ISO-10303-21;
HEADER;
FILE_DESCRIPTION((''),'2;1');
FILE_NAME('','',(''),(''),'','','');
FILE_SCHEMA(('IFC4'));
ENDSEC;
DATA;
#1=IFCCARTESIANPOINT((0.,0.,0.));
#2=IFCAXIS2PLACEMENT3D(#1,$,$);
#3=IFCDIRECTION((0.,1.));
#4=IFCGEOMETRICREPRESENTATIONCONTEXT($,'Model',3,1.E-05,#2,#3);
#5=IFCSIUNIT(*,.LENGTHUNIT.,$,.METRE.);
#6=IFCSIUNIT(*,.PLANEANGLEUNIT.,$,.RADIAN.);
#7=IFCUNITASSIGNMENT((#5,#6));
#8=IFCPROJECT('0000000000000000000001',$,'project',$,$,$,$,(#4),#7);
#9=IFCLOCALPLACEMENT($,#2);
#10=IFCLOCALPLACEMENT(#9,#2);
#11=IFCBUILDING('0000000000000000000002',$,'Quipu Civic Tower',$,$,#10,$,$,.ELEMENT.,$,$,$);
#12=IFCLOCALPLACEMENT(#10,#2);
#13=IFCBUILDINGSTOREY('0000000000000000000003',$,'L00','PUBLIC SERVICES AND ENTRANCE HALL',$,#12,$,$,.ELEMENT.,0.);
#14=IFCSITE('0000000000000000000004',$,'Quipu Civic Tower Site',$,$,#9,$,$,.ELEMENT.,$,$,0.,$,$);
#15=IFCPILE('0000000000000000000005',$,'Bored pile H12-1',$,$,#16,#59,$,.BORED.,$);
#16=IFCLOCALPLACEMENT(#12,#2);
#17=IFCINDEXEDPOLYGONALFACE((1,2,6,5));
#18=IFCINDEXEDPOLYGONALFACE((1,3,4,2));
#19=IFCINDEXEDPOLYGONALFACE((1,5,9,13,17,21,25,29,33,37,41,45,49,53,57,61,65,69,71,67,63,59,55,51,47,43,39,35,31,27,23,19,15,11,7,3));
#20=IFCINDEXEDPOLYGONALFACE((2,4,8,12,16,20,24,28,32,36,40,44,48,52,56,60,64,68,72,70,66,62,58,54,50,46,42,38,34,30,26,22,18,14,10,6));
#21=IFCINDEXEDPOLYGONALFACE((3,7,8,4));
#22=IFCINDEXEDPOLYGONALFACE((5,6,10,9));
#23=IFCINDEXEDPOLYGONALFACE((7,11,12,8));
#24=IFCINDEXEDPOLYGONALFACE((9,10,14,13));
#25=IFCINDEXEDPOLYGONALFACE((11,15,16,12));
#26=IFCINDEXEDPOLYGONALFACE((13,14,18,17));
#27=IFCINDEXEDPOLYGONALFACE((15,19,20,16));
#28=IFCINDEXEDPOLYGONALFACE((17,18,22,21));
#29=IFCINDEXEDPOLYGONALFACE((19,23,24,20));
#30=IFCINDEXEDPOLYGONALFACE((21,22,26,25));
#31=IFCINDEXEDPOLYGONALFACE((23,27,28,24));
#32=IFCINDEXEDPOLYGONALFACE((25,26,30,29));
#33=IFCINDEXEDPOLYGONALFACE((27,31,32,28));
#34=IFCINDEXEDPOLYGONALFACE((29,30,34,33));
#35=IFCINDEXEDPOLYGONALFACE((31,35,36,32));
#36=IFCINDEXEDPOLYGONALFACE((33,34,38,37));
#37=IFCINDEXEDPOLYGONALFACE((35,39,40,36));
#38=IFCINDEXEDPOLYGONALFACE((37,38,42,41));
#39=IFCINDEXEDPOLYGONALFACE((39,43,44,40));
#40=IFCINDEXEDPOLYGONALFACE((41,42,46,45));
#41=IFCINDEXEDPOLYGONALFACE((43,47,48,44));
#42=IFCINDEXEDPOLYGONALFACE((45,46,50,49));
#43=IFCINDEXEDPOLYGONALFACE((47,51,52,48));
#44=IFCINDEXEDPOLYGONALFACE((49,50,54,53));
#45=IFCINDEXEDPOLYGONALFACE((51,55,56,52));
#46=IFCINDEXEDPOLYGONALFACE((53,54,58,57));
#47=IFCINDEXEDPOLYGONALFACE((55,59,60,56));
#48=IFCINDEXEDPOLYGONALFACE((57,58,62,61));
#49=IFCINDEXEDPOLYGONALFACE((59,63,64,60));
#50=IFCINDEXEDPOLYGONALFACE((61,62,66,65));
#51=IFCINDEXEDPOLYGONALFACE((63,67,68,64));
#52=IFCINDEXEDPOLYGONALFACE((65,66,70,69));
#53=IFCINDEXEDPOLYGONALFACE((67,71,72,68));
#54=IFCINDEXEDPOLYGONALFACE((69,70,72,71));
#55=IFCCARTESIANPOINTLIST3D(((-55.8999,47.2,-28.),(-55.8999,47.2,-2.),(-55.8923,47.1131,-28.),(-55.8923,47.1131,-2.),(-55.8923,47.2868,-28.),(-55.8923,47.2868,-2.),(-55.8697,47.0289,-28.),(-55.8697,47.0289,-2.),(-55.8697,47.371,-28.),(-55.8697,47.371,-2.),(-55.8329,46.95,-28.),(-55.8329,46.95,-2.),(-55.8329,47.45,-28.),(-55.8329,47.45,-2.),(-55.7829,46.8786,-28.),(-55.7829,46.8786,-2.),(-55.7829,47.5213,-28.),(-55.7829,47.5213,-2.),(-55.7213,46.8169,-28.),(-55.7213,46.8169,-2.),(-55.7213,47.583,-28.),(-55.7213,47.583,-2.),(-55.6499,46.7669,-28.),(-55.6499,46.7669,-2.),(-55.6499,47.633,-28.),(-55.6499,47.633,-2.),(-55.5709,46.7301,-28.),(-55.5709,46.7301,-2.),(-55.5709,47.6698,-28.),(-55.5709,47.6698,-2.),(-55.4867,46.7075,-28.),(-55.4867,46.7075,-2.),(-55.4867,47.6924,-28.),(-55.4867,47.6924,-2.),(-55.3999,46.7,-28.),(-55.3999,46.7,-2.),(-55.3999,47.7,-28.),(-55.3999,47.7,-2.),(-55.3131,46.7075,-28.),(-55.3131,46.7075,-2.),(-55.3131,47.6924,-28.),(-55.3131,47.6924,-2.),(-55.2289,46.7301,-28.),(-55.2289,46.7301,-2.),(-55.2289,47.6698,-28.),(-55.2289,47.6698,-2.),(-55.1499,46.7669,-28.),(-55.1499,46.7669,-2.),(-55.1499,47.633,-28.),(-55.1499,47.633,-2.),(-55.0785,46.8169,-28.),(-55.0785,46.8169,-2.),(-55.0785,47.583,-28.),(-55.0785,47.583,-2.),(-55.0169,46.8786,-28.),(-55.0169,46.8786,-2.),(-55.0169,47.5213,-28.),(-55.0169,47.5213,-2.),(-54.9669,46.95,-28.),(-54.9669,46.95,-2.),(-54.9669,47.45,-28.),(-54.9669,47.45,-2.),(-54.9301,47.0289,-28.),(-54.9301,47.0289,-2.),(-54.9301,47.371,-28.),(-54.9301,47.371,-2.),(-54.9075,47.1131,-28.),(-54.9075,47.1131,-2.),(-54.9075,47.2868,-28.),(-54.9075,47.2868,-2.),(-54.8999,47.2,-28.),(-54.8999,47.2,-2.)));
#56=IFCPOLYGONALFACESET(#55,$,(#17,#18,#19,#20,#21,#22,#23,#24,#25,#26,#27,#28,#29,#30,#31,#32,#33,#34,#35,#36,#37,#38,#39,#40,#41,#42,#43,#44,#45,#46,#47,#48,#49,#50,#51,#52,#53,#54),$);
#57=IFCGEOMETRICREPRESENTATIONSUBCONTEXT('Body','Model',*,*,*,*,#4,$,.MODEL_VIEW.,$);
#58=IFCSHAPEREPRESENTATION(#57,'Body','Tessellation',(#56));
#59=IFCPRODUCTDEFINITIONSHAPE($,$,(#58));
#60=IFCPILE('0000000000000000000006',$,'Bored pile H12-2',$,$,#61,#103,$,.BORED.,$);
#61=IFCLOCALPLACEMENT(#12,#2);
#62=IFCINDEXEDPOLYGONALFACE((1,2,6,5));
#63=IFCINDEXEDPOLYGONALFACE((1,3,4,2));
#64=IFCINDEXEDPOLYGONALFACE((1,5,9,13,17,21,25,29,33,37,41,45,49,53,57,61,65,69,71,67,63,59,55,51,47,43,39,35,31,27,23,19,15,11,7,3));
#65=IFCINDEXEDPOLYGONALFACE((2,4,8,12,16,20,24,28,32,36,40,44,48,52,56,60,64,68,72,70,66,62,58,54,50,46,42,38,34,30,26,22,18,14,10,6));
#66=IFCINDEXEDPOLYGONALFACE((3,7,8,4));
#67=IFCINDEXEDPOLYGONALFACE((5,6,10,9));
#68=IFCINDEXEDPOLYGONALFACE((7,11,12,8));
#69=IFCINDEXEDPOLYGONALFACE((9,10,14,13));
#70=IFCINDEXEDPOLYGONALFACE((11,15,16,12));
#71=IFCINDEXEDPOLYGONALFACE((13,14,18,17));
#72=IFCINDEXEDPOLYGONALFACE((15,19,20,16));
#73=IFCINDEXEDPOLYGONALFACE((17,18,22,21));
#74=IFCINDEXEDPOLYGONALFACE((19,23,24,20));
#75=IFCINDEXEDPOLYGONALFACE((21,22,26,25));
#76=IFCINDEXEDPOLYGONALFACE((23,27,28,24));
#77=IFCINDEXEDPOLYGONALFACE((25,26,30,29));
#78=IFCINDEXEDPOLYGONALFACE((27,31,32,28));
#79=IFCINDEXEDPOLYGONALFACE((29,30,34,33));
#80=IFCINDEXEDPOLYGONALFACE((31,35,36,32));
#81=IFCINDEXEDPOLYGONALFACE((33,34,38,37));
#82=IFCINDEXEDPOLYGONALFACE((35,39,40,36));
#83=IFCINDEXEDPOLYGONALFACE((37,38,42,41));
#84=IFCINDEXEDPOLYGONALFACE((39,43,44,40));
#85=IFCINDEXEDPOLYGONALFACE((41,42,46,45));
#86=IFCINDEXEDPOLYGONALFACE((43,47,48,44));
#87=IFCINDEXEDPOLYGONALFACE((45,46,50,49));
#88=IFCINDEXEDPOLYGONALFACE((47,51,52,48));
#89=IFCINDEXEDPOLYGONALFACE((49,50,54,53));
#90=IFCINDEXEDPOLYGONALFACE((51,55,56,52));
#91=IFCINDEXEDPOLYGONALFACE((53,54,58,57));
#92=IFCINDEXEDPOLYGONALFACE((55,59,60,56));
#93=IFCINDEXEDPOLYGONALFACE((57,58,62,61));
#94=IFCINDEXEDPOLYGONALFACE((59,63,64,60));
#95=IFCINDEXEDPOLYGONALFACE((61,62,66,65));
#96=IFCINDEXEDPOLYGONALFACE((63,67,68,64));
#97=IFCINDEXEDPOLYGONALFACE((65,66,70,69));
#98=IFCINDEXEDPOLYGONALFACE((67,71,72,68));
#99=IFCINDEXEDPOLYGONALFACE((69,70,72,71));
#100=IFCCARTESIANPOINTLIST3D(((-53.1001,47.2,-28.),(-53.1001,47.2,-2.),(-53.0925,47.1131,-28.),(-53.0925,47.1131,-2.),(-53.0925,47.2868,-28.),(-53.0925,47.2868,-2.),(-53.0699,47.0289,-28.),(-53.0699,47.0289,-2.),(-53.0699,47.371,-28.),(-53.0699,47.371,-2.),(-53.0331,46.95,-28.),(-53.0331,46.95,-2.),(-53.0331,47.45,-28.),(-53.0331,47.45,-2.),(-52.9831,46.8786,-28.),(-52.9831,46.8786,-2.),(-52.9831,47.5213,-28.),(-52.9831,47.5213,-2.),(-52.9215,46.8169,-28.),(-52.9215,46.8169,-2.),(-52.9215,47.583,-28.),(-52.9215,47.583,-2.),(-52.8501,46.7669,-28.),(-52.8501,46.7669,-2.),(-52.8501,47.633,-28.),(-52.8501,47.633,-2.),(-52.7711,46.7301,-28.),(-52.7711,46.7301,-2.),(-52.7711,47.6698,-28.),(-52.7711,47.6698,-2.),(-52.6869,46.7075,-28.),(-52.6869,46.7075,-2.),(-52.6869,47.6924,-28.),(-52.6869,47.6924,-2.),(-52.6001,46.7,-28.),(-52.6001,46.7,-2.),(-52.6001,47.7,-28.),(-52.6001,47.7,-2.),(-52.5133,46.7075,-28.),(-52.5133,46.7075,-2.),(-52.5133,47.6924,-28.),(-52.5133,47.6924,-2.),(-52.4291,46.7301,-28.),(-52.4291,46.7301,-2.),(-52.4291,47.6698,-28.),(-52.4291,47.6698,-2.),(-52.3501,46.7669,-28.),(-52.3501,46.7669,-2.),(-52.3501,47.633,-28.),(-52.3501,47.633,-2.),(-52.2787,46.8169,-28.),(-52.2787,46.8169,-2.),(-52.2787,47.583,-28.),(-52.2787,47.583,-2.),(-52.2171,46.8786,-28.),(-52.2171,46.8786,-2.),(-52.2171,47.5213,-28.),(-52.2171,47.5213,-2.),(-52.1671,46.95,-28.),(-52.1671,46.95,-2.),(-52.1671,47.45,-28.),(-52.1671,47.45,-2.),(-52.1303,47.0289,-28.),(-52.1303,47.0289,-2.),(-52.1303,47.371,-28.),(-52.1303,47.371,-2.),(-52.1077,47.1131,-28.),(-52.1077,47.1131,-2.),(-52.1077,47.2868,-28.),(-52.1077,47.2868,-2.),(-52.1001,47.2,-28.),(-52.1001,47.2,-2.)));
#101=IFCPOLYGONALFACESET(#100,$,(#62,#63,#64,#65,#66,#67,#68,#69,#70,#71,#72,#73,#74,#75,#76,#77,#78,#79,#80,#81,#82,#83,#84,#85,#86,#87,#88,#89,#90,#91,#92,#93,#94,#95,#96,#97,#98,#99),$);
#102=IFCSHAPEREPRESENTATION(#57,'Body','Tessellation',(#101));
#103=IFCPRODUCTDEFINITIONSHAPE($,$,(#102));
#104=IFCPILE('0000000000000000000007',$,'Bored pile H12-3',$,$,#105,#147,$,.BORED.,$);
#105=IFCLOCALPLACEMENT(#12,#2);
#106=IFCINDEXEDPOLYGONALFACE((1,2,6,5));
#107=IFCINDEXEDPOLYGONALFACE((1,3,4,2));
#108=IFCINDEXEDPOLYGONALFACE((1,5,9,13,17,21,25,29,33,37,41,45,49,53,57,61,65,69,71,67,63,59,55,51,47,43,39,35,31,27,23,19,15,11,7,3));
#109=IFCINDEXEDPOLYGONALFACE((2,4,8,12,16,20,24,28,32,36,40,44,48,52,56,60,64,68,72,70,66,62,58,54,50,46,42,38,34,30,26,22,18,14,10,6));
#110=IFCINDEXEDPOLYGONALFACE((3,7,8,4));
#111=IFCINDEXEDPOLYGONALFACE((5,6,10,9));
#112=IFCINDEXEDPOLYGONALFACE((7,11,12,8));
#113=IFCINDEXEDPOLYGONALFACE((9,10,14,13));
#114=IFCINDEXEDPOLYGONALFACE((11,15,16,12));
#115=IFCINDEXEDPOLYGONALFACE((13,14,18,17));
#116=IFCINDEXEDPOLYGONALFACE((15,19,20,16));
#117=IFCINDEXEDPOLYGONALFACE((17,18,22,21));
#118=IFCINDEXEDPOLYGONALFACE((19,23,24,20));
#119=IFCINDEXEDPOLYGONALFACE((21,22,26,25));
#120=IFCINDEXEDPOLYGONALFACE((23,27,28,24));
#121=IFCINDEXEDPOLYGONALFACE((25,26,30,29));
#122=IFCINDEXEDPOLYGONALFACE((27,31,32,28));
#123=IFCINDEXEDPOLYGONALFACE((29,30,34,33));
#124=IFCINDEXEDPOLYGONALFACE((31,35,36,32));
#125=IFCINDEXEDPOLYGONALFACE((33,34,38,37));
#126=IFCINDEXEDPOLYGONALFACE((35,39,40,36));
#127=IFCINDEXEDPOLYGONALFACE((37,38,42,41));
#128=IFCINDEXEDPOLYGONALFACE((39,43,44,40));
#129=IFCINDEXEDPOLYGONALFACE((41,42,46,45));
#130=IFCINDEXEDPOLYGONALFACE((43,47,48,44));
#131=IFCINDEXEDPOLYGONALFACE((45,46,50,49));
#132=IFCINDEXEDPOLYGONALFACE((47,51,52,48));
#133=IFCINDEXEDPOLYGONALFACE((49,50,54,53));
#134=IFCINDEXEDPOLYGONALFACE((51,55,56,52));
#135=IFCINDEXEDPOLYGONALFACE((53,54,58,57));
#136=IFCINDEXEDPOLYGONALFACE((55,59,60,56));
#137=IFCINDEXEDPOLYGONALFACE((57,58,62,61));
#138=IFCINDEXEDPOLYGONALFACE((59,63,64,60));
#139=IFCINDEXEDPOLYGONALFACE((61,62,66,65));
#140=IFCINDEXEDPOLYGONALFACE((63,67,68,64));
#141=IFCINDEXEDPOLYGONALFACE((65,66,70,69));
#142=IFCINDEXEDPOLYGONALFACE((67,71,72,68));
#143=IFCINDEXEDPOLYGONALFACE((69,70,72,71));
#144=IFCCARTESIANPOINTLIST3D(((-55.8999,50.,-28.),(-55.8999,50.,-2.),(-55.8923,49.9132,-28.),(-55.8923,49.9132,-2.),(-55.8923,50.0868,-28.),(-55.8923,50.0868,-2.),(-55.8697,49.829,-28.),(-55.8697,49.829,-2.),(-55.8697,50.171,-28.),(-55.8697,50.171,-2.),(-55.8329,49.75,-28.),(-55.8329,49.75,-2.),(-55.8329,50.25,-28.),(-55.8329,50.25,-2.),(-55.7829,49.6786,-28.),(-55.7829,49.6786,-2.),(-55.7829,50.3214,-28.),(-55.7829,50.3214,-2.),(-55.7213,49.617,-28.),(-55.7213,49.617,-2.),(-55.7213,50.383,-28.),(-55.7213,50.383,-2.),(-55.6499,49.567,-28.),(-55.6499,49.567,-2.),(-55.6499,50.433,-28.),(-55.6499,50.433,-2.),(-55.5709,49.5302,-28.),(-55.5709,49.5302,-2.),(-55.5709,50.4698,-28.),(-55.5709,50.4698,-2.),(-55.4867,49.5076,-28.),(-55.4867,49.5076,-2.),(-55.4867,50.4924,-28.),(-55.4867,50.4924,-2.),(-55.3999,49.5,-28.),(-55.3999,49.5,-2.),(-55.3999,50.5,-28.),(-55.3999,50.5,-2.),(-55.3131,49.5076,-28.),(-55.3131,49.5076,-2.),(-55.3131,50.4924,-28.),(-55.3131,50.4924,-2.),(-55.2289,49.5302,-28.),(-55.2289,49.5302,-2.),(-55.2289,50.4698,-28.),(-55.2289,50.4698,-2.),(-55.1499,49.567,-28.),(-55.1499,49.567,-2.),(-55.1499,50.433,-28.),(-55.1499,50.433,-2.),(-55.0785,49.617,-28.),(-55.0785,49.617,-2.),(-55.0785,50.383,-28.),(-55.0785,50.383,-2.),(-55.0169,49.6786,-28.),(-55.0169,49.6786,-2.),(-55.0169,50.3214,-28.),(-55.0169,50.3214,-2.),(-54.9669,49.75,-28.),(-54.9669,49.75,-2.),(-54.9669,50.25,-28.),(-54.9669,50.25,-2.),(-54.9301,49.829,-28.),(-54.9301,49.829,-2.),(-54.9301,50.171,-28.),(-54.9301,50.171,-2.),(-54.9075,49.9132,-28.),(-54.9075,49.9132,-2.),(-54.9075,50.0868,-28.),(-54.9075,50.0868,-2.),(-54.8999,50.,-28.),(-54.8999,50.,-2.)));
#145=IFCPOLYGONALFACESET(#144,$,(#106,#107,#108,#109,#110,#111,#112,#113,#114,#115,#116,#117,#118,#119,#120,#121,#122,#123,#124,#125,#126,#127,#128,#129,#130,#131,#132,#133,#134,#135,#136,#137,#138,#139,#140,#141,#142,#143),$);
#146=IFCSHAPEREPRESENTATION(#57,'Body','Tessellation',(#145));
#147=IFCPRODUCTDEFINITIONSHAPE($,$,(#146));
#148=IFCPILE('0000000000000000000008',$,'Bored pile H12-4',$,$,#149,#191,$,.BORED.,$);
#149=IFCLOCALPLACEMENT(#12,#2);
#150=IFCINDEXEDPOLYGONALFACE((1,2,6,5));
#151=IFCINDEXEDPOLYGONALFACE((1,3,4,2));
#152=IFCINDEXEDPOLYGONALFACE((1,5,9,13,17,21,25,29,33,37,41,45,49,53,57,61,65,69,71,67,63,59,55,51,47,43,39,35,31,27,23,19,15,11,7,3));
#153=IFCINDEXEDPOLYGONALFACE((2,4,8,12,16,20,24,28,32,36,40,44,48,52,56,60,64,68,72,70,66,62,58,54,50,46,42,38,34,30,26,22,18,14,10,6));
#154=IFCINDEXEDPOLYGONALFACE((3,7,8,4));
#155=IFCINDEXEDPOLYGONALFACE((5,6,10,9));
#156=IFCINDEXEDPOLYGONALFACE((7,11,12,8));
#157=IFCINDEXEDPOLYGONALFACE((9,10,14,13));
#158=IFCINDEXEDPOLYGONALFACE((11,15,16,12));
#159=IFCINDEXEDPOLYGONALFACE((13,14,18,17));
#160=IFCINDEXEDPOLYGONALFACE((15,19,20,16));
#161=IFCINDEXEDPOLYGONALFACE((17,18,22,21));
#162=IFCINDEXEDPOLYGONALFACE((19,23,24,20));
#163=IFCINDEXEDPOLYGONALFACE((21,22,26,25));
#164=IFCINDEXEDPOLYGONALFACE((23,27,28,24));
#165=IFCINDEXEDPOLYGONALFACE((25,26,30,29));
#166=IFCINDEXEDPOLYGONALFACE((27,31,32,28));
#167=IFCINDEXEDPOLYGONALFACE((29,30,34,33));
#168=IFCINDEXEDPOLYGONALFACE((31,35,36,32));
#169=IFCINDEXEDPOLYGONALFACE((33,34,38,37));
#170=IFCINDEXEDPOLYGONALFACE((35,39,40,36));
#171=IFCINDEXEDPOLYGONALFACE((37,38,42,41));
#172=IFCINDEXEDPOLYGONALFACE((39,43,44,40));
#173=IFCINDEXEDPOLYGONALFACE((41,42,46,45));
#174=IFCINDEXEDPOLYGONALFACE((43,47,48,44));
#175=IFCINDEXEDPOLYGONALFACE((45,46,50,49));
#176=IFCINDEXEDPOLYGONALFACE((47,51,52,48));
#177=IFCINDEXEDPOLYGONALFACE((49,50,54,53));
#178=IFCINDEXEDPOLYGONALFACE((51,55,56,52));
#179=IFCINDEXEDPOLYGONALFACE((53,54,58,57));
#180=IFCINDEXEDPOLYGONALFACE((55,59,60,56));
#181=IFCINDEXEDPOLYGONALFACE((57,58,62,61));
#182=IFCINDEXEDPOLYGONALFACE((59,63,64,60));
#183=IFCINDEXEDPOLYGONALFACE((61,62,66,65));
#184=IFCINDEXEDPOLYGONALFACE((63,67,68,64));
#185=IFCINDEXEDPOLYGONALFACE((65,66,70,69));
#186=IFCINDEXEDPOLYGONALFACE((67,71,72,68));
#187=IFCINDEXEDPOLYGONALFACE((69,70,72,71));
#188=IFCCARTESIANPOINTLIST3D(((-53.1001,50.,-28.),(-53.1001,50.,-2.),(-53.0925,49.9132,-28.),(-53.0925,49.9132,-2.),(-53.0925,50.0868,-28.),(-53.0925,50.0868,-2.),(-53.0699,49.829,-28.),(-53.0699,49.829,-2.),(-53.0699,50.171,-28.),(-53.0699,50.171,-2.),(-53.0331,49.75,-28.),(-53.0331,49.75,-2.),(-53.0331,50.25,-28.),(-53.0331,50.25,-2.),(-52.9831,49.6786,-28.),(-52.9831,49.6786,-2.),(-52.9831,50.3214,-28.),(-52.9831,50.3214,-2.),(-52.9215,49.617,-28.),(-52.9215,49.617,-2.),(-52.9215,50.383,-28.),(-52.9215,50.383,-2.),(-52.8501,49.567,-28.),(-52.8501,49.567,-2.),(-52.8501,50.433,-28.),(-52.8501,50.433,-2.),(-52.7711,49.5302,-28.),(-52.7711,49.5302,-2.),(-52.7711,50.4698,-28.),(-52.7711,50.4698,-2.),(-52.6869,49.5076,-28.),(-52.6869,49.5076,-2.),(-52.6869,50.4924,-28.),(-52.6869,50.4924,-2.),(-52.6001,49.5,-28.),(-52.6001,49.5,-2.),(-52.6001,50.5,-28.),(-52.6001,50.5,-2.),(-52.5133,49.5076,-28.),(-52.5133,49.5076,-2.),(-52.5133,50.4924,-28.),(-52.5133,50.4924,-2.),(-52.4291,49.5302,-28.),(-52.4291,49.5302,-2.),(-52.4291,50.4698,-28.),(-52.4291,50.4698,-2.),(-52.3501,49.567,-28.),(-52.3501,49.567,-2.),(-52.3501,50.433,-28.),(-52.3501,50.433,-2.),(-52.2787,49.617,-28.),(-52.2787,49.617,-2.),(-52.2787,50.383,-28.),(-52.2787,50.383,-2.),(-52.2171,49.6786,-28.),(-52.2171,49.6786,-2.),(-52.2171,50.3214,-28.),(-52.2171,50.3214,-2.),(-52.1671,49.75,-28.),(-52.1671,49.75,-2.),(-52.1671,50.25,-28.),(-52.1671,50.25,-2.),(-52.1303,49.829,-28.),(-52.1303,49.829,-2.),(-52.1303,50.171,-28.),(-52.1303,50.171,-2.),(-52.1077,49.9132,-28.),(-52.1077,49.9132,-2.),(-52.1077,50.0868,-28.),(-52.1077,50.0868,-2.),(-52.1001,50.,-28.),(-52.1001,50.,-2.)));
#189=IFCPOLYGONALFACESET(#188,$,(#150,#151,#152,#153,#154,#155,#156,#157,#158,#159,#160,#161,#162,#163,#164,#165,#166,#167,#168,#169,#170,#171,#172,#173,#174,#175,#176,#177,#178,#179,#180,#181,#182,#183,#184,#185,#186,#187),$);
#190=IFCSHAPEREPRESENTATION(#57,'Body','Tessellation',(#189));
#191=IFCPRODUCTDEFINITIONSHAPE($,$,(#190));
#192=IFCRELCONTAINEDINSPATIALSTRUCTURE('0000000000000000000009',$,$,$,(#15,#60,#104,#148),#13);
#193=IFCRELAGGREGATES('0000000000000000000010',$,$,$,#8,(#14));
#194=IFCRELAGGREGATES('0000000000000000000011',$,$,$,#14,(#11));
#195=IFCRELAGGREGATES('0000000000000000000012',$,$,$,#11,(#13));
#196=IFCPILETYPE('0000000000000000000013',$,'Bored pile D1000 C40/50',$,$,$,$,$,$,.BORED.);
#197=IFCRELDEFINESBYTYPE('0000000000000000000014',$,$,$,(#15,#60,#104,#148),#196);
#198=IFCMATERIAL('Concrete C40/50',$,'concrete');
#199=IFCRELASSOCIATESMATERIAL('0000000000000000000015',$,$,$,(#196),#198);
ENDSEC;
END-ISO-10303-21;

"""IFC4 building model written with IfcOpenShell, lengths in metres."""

from ifc_helpers import new_model, si_unit, direction, frame, origin, origin_2d, place, context, subcontext, project, spatial, circle, extrude, material, material_profile, profile_set, type_object, element, save


model = new_model("IFC4")

# Units and contexts
model_context = context("Model", 3, precision=1e-05, world=origin(), true_north=direction((0.0, 1.0)))
body_context = subcontext(model_context, "Body", "Model", "MODEL_VIEW")
ifc_project = project(units=[si_unit("LENGTHUNIT", "METRE"), si_unit("PLANEANGLEUNIT", "RADIAN")], contexts=[model_context])

# Site, building, storey
site_placement = place(None, origin())
site = spatial("IfcSite", under=ifc_project, at=site_placement, Name="Quipu Civic Tower Site", CompositionType="ELEMENT", RefElevation=0.0)
building_placement = place(site_placement, origin())
building = spatial("IfcBuilding", under=site, at=building_placement, Name="Quipu Civic Tower", CompositionType="ELEMENT")
storey_placement = place(building_placement, origin())
storey = spatial("IfcBuildingStorey", under=building, at=storey_placement, Name="L00", Description="PUBLIC SERVICES AND ENTRANCE HALL", CompositionType="ELEMENT", Elevation=0.0)

# Piles
ifc_material_1 = material(Name="Concrete C40/50", Category="concrete")
ifc_material_profile_1 = material_profile(ifc_material_1, circle(Radius=0.5, at=origin_2d()), Name="RCD1000")
ifc_profile_set_1 = profile_set([ifc_material_profile_1], Name="Concrete C40/50")
pile_type = type_object("IfcPileType", Name="Bored pile D1000 C40/50", PredefinedType="BORED", material=ifc_profile_set_1)
for number, where, z_axis, x_axis, name in (
    (1, (-55.3999, 47.2, -2.0), (0.0, 0.0, -1.0), (1.0, 0.0, 0.0), "Bored pile H12-1"),
    (2, (-52.6001, 47.2, -2.0), (0.0, 0.0, -1.0), (1.0, 0.0, 0.0), "Bored pile H12-2"),
    (3, (-55.3999, 50.0, -2.0), (0.0, 0.0, -1.0), (1.0, 0.0, 0.0), "Bored pile H12-3"),
    (4, (-52.6001, 50.0, -2.0), (0.0, 0.0, -1.0), (1.0, 0.0, 0.0), "Bored pile H12-4"),
):
    element("IfcPile", number, at=place(storey_placement, frame(where, z_axis=z_axis, x_axis=x_axis)), inside=storey, type_object=pile_type, Name=name, PredefinedType="BORED", context=body_context, shape_type="SweptSolid", body=[
        extrude(circle(Radius=0.5, at=origin_2d()), origin(), (0.0, 0.0, 1.0), 26.0),
    ])

save(model, "model.ifc")
